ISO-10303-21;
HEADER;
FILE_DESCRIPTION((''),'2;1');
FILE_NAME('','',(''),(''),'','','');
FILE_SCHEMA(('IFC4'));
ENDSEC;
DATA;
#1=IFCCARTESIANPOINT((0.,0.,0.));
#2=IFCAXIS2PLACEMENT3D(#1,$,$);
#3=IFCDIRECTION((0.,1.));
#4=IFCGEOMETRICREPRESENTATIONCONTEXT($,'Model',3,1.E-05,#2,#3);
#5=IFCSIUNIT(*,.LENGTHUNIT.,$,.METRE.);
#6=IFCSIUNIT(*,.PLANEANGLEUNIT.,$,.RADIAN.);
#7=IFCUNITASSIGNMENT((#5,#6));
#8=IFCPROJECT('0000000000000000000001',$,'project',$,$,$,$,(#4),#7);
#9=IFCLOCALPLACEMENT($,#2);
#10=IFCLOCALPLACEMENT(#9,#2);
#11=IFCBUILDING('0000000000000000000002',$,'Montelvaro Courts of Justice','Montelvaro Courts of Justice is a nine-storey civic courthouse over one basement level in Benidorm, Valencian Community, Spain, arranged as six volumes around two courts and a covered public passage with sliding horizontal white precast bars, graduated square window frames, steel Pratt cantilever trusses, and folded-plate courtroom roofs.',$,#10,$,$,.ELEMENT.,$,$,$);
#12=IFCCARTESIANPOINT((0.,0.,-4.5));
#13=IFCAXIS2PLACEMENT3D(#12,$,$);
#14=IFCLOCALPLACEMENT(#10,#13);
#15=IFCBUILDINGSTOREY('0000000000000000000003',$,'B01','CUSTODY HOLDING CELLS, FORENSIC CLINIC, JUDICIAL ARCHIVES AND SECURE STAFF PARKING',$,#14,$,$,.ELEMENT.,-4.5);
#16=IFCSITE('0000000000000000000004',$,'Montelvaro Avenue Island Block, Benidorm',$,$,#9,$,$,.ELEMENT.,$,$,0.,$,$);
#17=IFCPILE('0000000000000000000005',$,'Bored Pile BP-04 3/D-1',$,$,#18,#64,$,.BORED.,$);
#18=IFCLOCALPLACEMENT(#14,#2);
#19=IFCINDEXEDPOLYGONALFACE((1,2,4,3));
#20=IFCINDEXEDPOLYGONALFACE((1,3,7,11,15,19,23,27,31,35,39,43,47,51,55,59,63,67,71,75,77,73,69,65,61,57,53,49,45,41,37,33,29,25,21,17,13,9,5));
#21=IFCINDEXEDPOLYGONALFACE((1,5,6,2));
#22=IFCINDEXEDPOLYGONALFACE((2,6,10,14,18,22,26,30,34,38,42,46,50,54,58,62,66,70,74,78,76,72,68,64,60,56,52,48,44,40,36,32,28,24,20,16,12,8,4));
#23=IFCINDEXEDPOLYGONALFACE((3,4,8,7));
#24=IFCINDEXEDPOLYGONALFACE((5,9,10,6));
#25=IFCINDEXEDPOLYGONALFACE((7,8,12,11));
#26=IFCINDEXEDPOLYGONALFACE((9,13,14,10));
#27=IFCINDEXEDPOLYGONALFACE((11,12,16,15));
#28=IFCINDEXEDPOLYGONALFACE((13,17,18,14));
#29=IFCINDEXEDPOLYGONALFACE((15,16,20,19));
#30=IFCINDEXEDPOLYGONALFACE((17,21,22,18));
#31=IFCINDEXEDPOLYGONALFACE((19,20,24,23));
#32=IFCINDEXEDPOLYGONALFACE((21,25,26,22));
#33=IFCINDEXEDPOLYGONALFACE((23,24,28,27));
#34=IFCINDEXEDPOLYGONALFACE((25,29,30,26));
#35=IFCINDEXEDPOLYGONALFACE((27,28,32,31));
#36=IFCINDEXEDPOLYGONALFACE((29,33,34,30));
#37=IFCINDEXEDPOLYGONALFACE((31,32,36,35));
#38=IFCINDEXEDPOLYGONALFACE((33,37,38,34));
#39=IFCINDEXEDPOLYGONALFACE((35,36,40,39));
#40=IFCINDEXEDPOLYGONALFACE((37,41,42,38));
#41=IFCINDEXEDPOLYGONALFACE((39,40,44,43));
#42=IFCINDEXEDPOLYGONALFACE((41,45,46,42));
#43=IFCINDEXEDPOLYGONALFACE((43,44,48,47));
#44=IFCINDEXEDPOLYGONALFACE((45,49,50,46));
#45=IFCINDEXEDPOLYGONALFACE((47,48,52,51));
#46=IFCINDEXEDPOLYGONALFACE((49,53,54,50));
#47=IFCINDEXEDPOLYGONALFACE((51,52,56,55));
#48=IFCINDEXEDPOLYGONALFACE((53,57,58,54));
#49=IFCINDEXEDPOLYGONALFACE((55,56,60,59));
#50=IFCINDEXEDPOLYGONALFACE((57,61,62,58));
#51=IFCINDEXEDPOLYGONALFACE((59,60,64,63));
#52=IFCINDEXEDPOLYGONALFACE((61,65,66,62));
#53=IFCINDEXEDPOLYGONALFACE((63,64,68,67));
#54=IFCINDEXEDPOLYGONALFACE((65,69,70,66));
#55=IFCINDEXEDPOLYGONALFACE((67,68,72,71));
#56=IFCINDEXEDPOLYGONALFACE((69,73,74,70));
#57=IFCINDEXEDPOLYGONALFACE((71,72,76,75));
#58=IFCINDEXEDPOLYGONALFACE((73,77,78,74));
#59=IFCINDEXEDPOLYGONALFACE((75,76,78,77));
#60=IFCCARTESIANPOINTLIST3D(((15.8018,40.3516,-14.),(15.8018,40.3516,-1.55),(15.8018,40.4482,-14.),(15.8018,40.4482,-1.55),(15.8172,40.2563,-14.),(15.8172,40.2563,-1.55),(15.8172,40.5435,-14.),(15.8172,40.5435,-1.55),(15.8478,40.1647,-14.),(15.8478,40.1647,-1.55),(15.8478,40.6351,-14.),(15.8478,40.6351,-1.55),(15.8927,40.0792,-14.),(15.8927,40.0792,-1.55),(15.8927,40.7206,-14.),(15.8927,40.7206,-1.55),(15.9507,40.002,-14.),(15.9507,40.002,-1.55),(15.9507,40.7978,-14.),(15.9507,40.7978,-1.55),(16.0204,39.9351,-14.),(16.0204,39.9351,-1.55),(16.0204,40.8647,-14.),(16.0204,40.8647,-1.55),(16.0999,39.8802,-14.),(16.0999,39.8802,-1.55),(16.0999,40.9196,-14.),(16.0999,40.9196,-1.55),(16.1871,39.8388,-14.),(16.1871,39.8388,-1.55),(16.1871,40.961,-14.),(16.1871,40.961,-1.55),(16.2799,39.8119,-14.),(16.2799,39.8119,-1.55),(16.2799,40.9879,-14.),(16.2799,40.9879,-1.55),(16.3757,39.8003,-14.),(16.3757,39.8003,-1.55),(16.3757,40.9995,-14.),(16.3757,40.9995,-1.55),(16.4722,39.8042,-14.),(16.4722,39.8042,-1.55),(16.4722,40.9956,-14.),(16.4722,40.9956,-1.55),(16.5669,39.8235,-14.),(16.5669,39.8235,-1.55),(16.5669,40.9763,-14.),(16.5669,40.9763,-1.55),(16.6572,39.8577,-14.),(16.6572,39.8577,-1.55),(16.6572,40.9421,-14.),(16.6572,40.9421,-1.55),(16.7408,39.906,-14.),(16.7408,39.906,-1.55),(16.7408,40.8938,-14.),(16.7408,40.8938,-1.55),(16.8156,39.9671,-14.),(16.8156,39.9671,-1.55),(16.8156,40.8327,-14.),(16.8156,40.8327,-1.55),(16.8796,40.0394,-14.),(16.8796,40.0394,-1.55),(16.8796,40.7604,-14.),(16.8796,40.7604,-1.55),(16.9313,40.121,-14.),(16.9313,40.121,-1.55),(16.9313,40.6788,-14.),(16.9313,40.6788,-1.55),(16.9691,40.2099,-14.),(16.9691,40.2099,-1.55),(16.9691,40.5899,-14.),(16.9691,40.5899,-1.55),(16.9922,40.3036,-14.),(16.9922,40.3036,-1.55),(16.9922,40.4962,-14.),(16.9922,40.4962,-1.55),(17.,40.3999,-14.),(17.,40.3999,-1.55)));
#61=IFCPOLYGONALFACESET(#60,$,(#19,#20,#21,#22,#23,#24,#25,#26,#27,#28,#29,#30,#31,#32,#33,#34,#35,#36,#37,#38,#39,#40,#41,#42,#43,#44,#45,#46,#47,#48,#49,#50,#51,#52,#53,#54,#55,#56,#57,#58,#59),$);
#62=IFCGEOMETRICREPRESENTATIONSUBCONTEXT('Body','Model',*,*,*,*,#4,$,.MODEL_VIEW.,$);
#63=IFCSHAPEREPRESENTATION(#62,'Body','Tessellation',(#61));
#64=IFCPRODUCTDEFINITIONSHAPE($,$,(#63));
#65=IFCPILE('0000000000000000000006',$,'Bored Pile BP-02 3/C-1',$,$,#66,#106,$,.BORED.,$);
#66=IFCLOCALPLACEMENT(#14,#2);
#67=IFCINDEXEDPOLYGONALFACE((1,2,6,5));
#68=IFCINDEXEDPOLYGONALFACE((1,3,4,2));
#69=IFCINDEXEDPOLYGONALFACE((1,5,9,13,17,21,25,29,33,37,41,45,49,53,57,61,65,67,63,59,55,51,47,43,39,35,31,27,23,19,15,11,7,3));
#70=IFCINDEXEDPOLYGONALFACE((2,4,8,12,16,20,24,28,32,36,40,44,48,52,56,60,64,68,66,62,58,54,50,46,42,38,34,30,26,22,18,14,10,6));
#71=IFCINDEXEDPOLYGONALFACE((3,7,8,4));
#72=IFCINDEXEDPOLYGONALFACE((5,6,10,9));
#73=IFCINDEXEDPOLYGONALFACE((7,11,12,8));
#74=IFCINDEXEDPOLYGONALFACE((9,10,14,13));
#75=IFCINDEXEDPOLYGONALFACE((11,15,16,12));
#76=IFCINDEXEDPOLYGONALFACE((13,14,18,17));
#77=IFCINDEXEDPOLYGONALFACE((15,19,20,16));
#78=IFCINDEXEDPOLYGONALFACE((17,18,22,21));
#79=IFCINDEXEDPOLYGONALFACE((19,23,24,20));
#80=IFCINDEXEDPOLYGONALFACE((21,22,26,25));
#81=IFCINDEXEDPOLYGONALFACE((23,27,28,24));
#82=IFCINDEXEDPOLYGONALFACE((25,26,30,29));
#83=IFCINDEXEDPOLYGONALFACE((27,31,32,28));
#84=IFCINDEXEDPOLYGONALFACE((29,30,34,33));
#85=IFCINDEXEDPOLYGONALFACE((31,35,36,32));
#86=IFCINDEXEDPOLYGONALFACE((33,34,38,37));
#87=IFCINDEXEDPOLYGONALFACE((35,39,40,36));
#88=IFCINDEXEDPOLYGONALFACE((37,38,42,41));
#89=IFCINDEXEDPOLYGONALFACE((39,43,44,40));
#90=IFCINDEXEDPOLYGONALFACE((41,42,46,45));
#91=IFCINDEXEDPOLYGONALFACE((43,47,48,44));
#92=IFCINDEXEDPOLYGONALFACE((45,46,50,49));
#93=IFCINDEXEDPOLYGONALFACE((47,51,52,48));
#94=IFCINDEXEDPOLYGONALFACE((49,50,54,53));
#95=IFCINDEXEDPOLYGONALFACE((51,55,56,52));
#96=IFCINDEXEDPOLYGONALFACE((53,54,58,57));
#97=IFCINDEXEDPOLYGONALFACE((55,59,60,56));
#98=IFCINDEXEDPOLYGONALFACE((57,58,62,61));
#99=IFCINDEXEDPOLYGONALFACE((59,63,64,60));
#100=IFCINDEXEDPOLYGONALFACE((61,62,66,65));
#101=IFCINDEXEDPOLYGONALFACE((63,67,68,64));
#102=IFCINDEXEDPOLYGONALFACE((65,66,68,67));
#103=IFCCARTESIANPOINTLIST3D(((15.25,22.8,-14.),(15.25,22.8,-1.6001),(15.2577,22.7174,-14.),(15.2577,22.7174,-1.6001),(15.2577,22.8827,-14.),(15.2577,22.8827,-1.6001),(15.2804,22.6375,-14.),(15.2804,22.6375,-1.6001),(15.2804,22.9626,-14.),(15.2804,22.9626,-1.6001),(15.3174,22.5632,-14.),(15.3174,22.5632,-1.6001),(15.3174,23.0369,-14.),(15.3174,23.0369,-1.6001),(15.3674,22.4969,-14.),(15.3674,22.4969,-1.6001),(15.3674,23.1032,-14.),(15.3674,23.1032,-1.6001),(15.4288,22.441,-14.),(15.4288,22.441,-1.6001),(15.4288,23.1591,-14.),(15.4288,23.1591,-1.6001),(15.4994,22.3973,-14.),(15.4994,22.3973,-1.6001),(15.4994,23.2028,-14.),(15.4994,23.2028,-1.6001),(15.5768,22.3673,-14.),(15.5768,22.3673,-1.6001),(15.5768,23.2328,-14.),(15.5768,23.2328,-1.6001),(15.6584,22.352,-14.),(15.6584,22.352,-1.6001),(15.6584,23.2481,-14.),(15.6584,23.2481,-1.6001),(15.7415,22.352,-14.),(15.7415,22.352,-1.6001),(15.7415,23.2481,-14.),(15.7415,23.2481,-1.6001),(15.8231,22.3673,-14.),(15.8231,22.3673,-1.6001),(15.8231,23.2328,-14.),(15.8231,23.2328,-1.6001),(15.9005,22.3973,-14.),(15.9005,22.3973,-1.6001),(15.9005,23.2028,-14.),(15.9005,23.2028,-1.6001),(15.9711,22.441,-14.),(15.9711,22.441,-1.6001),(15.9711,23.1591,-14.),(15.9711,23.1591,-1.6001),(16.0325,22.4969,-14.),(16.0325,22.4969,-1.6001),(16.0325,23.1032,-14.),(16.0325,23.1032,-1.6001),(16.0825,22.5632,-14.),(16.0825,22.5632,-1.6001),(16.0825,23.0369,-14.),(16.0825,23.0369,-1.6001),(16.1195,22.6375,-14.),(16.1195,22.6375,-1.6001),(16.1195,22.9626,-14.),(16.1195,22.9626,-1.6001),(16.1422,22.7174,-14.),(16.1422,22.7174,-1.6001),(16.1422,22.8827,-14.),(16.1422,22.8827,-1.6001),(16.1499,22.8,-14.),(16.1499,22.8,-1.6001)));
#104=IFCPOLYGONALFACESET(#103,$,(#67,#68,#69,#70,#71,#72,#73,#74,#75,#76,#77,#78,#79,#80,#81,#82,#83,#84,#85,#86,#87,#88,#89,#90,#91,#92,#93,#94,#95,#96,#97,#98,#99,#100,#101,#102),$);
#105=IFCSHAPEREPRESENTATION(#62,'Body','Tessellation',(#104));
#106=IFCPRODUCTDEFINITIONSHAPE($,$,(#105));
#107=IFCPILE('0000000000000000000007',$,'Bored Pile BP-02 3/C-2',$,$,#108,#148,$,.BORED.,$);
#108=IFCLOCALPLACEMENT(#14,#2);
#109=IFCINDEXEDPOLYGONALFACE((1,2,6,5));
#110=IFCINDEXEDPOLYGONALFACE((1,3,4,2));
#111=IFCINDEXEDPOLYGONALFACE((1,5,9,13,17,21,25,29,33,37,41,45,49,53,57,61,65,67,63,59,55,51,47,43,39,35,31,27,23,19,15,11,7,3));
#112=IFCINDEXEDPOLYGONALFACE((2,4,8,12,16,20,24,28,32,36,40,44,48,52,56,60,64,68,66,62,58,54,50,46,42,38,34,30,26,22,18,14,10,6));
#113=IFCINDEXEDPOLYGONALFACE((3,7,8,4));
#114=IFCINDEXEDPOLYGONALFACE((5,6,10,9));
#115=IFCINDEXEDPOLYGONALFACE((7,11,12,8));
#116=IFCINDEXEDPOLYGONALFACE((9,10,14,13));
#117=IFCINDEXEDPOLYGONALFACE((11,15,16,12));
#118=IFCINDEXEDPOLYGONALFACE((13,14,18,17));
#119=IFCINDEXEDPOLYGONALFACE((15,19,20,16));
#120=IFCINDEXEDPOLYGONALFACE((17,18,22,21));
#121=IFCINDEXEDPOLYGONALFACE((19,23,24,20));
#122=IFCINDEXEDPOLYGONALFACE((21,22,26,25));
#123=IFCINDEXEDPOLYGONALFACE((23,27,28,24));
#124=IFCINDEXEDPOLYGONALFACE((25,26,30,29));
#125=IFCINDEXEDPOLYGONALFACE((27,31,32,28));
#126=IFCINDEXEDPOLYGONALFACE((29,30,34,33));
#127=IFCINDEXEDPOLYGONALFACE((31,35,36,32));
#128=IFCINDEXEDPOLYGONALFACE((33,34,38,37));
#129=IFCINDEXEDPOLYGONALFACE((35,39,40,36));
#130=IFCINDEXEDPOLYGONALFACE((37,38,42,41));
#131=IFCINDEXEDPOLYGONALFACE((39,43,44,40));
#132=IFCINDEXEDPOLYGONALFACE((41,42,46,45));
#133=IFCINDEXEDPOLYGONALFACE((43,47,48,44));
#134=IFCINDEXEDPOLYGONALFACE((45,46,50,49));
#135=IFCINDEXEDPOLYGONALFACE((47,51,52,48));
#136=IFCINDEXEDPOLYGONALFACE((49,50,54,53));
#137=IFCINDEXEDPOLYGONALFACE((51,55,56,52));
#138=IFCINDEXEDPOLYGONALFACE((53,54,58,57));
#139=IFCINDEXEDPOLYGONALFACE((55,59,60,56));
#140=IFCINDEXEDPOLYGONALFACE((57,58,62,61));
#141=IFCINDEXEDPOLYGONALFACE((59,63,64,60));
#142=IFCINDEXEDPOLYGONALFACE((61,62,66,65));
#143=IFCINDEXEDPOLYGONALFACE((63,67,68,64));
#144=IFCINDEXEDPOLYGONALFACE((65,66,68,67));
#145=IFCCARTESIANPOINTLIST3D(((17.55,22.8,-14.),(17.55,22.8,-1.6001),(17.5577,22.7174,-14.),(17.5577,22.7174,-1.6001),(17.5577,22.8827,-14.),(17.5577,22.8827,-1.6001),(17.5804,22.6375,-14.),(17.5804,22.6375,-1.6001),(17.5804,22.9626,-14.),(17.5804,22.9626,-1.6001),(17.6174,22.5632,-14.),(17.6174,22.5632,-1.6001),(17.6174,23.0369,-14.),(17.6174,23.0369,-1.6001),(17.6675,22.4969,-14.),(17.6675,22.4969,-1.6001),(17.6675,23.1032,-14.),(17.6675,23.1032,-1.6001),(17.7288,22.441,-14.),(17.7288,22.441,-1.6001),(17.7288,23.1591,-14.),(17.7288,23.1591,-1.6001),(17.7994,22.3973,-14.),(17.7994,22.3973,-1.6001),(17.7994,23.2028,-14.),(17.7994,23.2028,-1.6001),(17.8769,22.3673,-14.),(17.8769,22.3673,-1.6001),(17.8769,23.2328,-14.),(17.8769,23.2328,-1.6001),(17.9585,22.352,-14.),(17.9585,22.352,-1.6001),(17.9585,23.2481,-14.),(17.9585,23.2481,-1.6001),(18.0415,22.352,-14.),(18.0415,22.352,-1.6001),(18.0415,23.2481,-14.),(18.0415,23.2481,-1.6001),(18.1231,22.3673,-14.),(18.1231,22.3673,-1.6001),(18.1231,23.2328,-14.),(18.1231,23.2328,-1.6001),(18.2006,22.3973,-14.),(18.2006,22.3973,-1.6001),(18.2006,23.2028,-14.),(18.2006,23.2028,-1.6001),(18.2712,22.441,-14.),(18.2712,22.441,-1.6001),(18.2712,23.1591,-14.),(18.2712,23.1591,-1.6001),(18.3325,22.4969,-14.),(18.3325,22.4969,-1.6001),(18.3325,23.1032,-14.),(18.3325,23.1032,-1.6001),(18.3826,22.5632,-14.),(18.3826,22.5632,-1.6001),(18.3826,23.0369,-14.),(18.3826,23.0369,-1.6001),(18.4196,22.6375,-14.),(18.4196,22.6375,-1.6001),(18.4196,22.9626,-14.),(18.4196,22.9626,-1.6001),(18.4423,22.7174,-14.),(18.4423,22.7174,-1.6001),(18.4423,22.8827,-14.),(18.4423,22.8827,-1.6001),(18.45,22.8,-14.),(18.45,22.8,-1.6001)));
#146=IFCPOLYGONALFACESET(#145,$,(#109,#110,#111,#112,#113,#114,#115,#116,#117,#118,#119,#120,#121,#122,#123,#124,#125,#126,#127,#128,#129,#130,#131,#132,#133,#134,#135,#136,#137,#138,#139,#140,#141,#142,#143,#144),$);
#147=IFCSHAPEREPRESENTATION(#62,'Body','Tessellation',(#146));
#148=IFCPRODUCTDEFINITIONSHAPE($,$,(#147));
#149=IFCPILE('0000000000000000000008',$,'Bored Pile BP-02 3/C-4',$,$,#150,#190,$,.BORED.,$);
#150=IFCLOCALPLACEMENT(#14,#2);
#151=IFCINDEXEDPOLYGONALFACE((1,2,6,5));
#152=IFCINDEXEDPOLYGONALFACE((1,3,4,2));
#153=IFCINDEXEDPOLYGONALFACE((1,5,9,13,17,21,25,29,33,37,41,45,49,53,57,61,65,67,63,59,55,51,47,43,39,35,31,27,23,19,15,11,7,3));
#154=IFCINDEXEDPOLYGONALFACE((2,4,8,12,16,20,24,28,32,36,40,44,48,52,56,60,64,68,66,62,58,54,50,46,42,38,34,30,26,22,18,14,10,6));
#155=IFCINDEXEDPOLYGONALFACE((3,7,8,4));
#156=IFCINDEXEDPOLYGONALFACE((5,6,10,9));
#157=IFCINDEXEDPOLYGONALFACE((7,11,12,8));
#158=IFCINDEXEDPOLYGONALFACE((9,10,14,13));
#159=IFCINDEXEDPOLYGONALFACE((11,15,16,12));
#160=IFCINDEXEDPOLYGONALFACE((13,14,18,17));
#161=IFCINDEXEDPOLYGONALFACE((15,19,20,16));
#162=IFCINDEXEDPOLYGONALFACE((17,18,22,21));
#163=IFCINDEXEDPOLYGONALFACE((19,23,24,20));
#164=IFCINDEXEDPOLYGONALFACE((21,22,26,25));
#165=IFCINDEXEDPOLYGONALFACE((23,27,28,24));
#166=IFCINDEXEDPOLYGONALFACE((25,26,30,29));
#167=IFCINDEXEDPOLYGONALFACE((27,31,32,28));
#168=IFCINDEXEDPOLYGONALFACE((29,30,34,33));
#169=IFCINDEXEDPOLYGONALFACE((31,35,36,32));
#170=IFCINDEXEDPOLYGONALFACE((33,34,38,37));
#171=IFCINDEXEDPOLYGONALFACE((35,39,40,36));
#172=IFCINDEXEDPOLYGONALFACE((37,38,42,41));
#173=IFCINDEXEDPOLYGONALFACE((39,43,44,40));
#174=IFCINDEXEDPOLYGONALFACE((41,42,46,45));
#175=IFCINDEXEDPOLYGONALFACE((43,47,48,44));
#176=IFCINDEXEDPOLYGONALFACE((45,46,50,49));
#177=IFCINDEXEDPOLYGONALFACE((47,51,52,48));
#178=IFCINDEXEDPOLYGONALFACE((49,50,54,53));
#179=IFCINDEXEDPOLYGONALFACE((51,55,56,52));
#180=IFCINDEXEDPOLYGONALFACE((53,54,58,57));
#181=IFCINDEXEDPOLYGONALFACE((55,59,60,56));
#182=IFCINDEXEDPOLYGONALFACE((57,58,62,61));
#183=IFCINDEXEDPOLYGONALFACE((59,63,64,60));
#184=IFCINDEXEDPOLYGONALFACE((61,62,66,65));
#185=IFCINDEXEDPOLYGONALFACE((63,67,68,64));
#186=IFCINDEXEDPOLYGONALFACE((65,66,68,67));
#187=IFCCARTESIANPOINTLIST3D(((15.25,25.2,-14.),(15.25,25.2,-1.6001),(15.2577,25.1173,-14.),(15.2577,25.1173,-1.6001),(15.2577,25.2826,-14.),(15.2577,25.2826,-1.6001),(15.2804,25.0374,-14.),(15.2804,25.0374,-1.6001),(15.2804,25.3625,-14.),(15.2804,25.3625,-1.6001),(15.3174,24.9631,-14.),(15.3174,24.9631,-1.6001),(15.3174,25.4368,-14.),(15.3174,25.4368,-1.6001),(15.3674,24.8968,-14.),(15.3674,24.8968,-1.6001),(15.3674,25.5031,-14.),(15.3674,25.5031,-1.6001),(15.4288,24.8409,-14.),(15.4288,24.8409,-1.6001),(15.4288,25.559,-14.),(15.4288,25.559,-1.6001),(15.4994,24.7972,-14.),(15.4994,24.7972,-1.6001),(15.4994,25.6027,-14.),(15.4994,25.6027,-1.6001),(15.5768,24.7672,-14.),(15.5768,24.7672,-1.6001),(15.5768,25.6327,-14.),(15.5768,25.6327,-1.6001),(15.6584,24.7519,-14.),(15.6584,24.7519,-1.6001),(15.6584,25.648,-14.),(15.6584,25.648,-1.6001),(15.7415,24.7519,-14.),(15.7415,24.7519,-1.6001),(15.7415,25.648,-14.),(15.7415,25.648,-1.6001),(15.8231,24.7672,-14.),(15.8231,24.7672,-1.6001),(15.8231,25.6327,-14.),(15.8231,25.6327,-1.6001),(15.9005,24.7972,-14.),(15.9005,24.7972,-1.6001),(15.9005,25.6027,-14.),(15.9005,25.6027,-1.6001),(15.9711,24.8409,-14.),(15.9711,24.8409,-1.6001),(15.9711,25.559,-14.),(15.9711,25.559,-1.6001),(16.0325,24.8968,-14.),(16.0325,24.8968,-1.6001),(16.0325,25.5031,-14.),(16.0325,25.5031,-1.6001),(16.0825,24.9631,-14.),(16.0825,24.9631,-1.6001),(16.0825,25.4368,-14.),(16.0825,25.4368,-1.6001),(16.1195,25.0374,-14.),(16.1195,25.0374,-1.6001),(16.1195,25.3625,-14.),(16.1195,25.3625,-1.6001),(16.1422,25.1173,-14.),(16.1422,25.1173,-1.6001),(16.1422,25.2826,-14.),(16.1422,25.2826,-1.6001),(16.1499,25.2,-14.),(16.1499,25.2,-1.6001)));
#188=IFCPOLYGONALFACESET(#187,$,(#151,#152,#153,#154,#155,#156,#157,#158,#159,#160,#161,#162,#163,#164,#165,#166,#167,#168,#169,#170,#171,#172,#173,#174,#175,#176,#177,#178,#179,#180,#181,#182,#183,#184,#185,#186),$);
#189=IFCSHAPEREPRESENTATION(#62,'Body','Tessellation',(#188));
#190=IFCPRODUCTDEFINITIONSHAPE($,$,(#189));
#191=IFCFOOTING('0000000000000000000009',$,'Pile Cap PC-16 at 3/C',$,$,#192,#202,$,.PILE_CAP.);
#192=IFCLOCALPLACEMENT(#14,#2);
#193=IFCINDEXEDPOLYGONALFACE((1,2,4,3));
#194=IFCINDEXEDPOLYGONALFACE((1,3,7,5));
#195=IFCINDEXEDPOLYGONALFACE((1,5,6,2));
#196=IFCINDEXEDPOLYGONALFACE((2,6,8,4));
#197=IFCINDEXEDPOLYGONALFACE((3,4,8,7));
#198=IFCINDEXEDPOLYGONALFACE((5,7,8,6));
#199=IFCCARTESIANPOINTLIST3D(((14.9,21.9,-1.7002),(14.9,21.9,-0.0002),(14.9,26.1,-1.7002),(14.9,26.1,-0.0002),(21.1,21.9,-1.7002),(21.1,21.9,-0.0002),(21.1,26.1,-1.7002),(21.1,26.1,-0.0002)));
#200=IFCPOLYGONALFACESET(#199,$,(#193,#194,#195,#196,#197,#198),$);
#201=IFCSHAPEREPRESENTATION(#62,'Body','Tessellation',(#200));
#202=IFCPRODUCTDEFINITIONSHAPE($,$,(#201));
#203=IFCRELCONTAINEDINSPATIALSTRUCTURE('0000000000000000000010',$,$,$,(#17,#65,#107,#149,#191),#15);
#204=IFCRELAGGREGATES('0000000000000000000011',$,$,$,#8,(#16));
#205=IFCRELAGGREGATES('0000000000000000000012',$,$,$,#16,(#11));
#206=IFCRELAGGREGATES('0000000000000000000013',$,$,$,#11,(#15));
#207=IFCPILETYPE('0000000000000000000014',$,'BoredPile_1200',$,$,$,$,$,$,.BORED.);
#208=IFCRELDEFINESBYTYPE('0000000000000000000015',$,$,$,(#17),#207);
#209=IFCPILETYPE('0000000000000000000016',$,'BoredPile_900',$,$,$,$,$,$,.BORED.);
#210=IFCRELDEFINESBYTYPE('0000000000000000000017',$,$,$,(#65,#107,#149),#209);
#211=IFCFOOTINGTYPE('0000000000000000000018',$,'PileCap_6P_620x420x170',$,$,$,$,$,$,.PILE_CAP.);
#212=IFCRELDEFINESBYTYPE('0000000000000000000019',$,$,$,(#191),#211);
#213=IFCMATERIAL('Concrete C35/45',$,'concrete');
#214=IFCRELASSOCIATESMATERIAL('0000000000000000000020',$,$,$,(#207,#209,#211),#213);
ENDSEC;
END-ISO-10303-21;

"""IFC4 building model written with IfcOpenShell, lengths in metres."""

from ifc_helpers import new_model, si_unit, direction, frame, origin, origin_2d, place, context, subcontext, project, spatial, rectangle, circle, extrude, material, material_profile, profile_set, type_object, element, save


model = new_model("IFC4")

# Units and contexts
model_context = context("Model", 3, precision=1e-05, world=origin(), true_north=direction((0.0, 1.0)))
body_context = subcontext(model_context, "Body", "Model", "MODEL_VIEW")
ifc_project = project(units=[si_unit("LENGTHUNIT", "METRE"), si_unit("PLANEANGLEUNIT", "RADIAN")], contexts=[model_context])

# Site, building, storey
site_placement = place(None, origin())
site = spatial("IfcSite", under=ifc_project, at=site_placement, Name="Montelvaro Avenue Island Block, Benidorm", CompositionType="ELEMENT", RefElevation=0.0)
building_placement = place(site_placement, origin())
building = spatial("IfcBuilding", under=site, at=building_placement, Name="Montelvaro Courts of Justice", Description="Montelvaro Courts of Justice is a nine-storey civic courthouse over one basement level in Benidorm, Valencian Community, Spain, arranged as six volumes around two courts and a covered public passage with sliding horizontal white precast bars, graduated square window frames, steel Pratt cantilever trusses, and folded-plate courtroom roofs.", CompositionType="ELEMENT")
storey_placement = place(building_placement, frame((0.0, 0.0, -4.5)))
storey = spatial("IfcBuildingStorey", under=building, at=storey_placement, Name="B01", Description="CUSTODY HOLDING CELLS, FORENSIC CLINIC, JUDICIAL ARCHIVES AND SECURE STAFF PARKING", CompositionType="ELEMENT", Elevation=-4.5)

# Piles
ifc_material_1 = material(Name="Concrete C35/45", Category="concrete")
ifc_material_profile_1 = material_profile(ifc_material_1, circle(Radius=0.6001, at=origin_2d()), Name="BORED PILE D1200")
ifc_profile_set_1 = profile_set([ifc_material_profile_1], Name="Concrete C35/45")
pile_type_1 = type_object("IfcPileType", Name="BoredPile_1200", PredefinedType="BORED", material=ifc_profile_set_1)
pile_placement = place(storey_placement, frame((16.3999, 40.3999, -1.55), z_axis=(0.0, 0.0, -1.0), x_axis=(1.0, 0.0, 0.0)))
element("IfcPile", 1, at=pile_placement, inside=storey, type_object=pile_type_1, Name="Bored Pile BP-04 3/D-1", PredefinedType="BORED", context=body_context, shape_type="SweptSolid", body=[
    extrude(circle(Radius=0.6001, at=origin_2d()), origin(), (0.0, 0.0, 1.0), 12.45),
])
ifc_material_profile_2 = material_profile(ifc_material_1, circle(Radius=0.45, at=origin_2d()), Name="BORED PILE D900")
ifc_profile_set_2 = profile_set([ifc_material_profile_2], Name="Concrete C35/45")
pile_type_2 = type_object("IfcPileType", Name="BoredPile_900", PredefinedType="BORED", material=ifc_profile_set_2)
for number, where, z_axis, x_axis, name in (
    (2, (15.7, 22.8, -1.6001), (0.0, 0.0, -1.0), (1.0, 0.0, 0.0), "Bored Pile BP-02 3/C-1"),
    (3, (18.0, 22.8, -1.6001), (0.0, 0.0, -1.0), (1.0, 0.0, 0.0), "Bored Pile BP-02 3/C-2"),
    (4, (15.7, 25.2, -1.6001), (0.0, 0.0, -1.0), (1.0, 0.0, 0.0), "Bored Pile BP-02 3/C-4"),
):
    element("IfcPile", number, at=place(storey_placement, frame(where, z_axis=z_axis, x_axis=x_axis)), inside=storey, type_object=pile_type_2, Name=name, PredefinedType="BORED", context=body_context, shape_type="SweptSolid", body=[
        extrude(circle(Radius=0.45, at=origin_2d()), origin(), (0.0, 0.0, 1.0), 12.3999),
    ])

# Footing
footing_type_1 = type_object("IfcFootingType", Name="PileCap_6P_620x420x170", PredefinedType="PILE_CAP", material=ifc_material_1)
footing_1_placement = place(storey_placement, frame((18.0, 24.0, -1.7002), z_axis=(0.0, 0.0, 1.0), x_axis=(1.0, 0.0, 0.0)))
element("IfcFooting", 5, at=footing_1_placement, inside=storey, type_object=footing_type_1, Name="Pile Cap PC-16 at 3/C", PredefinedType="PILE_CAP", context=body_context, shape_type="SweptSolid", body=[
    extrude(rectangle(XDim=6.2, YDim=4.2, at=origin_2d()), origin(), (0.0, 0.0, 1.0), 1.7),
])

save(model, "model.ifc")
